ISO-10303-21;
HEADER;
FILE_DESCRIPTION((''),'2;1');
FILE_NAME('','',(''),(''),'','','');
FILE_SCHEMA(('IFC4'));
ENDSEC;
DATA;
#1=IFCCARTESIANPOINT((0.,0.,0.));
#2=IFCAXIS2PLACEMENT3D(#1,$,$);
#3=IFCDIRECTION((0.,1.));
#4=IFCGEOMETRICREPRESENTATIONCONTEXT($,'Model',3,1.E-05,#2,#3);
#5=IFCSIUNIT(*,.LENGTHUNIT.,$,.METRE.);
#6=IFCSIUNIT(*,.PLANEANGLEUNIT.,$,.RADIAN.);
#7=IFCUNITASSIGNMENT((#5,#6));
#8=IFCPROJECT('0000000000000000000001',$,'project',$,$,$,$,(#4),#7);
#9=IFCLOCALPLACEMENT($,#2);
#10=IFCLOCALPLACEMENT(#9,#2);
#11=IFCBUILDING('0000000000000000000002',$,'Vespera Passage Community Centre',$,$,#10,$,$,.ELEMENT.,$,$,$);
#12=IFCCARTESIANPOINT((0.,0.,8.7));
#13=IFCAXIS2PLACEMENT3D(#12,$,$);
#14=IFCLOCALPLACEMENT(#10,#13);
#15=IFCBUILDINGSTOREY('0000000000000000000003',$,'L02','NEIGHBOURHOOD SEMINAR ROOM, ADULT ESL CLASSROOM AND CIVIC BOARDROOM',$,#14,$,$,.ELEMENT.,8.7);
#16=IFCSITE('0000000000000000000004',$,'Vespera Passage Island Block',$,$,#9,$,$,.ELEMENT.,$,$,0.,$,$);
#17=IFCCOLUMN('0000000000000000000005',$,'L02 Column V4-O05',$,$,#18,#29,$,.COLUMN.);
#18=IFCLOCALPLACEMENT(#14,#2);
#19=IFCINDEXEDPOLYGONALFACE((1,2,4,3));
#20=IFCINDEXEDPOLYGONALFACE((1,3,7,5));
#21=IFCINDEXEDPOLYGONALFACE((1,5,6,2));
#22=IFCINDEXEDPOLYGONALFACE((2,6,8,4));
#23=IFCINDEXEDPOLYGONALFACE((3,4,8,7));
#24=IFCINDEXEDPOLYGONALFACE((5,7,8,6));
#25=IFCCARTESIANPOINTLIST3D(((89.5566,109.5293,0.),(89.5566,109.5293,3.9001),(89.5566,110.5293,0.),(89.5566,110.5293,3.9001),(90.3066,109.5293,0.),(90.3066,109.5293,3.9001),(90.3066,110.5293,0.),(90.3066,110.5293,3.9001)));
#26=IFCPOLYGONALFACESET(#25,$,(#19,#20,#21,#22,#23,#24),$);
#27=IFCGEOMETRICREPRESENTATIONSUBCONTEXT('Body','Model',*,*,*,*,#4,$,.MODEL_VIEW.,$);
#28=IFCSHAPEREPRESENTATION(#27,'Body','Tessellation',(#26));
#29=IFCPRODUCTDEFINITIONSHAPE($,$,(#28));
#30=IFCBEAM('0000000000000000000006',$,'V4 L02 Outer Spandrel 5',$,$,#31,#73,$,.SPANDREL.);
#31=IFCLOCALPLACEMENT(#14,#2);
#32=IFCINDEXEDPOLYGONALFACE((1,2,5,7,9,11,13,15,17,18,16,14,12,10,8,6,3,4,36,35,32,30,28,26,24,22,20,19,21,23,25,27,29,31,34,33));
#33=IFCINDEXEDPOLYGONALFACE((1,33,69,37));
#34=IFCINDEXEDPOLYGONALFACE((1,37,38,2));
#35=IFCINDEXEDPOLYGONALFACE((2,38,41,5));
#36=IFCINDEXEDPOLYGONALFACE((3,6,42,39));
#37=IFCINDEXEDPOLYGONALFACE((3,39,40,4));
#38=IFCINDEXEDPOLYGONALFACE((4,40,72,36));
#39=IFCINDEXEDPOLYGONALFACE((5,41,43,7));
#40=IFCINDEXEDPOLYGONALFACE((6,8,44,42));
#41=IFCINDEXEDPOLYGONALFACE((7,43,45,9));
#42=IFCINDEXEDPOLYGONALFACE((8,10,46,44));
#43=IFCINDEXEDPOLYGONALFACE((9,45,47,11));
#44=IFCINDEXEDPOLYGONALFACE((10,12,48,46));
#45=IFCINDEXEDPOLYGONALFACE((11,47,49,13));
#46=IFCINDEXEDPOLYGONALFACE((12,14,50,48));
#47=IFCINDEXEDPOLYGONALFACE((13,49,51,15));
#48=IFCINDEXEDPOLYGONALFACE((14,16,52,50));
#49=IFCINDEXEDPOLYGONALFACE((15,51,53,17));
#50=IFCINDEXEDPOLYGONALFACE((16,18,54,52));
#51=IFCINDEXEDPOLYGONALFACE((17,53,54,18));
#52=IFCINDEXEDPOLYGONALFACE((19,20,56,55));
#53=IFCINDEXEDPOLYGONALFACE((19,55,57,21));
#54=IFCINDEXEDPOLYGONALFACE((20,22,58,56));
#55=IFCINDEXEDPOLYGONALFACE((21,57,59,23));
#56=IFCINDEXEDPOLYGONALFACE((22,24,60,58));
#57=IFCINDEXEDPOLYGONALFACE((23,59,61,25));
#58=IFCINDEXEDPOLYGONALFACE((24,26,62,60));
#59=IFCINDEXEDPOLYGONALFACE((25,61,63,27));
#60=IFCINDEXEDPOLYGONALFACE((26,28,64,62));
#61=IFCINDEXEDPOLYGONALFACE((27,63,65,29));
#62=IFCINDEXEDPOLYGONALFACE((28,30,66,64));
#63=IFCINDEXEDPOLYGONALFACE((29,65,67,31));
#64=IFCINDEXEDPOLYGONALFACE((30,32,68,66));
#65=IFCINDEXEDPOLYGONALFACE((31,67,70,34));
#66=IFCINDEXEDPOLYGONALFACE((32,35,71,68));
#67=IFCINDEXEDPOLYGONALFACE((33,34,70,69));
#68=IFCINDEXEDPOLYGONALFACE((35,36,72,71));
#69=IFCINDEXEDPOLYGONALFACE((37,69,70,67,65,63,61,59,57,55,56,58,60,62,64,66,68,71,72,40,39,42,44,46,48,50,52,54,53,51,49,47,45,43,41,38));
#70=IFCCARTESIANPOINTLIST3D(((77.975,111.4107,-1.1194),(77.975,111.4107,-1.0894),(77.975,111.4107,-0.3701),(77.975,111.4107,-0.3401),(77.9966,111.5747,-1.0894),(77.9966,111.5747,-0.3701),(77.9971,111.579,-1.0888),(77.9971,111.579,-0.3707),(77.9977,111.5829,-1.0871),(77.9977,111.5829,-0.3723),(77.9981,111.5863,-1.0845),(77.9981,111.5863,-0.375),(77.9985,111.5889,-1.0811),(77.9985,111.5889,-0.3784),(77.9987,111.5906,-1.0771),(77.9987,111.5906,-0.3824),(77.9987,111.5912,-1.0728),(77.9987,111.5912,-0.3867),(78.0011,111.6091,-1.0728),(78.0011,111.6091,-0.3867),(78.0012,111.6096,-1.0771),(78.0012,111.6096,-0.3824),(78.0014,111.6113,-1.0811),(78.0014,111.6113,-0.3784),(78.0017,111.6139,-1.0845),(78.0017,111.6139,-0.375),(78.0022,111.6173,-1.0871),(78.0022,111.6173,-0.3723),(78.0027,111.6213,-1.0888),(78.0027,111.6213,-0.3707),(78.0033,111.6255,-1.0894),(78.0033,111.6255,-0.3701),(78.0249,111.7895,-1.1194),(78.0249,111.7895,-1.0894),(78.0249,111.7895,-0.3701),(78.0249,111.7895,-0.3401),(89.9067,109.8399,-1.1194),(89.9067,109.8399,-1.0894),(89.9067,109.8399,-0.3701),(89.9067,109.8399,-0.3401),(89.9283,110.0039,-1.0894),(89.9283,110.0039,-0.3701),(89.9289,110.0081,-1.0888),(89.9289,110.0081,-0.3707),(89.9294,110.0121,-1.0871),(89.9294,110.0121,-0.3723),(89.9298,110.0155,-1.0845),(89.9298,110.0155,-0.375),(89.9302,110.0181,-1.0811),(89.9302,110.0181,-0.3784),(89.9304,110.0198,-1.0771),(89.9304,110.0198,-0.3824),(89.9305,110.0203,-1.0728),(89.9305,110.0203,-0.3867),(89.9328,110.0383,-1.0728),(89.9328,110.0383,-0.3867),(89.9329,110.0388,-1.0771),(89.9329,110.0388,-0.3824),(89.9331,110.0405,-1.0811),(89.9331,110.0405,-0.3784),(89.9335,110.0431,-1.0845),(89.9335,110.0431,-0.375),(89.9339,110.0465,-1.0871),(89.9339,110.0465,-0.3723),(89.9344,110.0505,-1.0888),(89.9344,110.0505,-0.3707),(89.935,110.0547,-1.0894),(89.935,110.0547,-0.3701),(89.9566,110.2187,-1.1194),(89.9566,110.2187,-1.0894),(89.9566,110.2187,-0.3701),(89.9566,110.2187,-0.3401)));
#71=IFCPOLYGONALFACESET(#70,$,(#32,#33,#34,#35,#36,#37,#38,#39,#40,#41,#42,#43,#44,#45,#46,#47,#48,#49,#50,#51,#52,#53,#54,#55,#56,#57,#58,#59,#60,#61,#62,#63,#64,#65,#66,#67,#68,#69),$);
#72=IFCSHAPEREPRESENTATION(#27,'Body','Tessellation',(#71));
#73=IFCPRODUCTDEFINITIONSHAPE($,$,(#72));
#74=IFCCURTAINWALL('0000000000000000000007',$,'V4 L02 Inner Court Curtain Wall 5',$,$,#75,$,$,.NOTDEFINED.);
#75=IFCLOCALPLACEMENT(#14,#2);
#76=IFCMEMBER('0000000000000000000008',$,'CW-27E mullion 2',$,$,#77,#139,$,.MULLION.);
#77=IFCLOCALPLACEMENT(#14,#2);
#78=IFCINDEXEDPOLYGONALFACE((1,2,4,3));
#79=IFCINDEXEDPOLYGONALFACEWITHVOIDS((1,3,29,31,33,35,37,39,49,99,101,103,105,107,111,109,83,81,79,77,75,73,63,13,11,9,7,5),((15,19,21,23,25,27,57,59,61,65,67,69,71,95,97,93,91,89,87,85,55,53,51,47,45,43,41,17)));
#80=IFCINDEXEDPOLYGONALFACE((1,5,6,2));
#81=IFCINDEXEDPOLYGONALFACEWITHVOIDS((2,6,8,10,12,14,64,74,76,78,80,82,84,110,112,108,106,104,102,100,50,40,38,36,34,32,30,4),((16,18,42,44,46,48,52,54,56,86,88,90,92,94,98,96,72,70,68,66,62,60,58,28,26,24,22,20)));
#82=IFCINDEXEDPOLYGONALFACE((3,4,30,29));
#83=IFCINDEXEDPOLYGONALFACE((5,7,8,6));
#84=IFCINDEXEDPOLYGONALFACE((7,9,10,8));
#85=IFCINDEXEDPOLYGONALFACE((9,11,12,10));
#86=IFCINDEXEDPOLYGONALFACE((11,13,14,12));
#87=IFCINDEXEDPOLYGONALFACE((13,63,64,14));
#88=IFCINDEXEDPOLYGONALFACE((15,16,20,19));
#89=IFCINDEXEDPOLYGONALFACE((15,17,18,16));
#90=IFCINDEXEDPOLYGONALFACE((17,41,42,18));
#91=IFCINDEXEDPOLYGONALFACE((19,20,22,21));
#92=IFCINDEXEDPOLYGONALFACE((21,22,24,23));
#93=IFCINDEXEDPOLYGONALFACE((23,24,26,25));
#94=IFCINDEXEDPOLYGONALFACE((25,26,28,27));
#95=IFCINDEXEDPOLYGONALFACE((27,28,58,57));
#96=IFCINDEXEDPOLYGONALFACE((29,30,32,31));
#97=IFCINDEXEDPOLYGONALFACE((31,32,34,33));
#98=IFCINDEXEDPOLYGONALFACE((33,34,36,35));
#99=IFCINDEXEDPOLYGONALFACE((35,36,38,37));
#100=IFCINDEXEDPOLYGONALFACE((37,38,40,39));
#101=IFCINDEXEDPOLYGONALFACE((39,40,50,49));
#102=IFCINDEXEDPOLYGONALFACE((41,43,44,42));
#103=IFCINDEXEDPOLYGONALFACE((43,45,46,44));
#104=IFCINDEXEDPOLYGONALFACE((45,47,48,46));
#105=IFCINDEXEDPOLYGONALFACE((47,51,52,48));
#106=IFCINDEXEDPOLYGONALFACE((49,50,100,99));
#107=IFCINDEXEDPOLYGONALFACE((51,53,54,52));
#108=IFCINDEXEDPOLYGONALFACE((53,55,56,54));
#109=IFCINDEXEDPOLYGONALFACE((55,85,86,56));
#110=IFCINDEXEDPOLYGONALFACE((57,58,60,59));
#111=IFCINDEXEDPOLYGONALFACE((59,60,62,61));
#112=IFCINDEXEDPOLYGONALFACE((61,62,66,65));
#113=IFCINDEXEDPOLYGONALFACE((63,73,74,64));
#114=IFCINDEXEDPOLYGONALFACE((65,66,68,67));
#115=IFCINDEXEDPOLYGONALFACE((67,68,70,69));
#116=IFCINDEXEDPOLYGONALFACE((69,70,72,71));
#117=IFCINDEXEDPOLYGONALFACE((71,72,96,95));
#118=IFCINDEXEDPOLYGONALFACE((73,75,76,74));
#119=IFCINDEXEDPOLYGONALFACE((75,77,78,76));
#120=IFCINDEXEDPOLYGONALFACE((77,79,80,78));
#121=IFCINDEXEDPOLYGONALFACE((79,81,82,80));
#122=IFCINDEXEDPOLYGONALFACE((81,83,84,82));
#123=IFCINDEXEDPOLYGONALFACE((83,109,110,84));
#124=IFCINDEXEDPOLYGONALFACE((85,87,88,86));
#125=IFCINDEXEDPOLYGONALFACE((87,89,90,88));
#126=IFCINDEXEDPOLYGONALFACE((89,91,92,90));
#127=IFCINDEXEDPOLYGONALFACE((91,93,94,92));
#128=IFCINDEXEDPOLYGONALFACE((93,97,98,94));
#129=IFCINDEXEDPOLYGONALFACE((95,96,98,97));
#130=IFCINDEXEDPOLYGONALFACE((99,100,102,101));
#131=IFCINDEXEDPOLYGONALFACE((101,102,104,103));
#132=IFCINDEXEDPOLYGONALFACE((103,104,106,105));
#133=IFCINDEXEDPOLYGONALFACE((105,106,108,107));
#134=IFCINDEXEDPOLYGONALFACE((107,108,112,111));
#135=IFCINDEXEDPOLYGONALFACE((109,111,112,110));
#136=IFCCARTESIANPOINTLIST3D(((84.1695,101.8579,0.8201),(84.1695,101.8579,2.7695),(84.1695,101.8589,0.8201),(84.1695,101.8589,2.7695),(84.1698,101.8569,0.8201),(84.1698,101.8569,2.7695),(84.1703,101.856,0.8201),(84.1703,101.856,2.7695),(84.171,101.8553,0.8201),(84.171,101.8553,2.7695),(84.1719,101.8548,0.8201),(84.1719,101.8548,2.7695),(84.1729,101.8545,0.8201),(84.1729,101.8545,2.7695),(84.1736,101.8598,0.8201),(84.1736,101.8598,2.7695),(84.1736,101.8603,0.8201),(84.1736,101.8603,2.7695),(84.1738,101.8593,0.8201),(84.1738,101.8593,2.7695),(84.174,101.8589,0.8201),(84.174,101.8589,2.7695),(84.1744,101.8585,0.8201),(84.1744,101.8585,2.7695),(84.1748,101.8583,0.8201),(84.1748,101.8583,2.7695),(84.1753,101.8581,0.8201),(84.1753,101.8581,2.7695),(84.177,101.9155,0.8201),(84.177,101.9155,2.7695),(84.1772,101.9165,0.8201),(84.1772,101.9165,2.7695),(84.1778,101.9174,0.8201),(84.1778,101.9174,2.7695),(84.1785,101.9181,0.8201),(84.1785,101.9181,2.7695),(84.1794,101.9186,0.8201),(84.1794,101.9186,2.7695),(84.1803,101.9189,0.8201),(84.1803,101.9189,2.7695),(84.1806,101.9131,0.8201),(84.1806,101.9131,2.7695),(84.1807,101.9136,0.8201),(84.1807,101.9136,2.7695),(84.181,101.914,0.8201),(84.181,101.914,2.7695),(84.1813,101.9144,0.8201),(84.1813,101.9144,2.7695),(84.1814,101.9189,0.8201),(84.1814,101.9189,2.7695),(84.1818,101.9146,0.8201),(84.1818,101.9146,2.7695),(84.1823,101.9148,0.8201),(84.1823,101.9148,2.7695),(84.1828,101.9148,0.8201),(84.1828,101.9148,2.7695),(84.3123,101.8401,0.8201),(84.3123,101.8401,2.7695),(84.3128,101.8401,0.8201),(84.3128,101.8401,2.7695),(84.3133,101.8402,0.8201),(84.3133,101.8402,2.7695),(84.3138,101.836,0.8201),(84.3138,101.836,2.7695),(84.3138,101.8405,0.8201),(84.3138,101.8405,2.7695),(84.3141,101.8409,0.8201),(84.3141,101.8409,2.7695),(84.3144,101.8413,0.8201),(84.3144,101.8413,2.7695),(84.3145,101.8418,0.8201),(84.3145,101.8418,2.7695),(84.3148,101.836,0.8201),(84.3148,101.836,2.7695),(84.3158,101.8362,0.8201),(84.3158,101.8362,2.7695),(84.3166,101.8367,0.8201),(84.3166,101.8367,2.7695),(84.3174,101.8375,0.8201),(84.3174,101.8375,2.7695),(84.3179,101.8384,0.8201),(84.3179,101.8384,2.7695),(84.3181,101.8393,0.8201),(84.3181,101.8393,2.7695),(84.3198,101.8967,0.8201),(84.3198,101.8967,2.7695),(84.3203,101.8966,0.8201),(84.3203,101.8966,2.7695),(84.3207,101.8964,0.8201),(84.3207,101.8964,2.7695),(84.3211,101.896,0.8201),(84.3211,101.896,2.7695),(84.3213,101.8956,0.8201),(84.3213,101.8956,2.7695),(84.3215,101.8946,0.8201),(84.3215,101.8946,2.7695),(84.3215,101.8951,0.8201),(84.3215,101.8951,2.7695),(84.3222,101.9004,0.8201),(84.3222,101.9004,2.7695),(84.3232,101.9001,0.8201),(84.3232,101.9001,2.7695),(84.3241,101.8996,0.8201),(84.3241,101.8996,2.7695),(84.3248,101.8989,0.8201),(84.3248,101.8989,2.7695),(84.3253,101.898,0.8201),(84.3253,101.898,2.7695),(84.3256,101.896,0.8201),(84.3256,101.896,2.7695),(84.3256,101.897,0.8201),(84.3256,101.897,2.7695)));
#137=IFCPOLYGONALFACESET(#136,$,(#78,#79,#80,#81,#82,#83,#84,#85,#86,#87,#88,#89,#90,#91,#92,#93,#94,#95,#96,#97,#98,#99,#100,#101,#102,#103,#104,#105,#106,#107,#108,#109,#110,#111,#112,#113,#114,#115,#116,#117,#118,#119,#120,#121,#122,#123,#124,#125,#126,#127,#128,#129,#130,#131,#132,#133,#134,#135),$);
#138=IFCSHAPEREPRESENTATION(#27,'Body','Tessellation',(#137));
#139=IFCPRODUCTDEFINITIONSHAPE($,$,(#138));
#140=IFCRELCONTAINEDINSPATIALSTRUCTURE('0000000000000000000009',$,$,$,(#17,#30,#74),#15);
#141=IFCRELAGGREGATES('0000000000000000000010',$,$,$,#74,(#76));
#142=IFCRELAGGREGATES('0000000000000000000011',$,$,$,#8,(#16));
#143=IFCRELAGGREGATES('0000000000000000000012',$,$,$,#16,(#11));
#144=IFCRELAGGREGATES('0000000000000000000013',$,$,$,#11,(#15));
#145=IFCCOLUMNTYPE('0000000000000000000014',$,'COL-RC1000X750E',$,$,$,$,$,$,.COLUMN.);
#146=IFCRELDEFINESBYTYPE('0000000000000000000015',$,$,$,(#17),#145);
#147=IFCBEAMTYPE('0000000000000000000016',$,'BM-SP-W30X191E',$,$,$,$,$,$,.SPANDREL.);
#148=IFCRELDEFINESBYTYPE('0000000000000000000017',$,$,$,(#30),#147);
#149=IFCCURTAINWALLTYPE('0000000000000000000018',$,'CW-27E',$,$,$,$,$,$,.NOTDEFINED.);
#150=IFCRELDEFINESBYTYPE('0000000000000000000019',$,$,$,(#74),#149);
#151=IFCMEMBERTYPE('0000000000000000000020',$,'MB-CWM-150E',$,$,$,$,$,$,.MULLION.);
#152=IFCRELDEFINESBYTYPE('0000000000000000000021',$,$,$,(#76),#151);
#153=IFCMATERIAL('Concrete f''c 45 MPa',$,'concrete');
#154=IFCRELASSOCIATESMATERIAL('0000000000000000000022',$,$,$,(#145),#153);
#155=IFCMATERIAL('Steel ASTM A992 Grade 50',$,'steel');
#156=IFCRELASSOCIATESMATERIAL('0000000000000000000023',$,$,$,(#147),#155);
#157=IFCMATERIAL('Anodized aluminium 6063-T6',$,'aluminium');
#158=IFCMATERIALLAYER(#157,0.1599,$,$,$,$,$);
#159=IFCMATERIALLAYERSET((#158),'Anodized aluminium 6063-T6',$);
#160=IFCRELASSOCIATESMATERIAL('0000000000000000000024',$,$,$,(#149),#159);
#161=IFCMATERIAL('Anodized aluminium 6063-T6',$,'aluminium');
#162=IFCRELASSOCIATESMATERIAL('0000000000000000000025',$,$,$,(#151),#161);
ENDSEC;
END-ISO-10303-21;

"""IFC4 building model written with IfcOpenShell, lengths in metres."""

from ifc_helpers import new_model, si_unit, direction, frame, origin, origin_2d, place, context, subcontext, project, spatial, rectangle, hollow_rectangle, i_section, extrude, material, layer, layer_set, material_profile, profile_set, type_object, element, aggregate, save


model = new_model("IFC4")

# Units and contexts
model_context = context("Model", 3, precision=1e-05, world=origin(), true_north=direction((0.0, 1.0)))
body_context = subcontext(model_context, "Body", "Model", "MODEL_VIEW")
ifc_project = project(units=[si_unit("LENGTHUNIT", "METRE"), si_unit("PLANEANGLEUNIT", "RADIAN")], contexts=[model_context])

# Site, building, storey
site_placement = place(None, origin())
site = spatial("IfcSite", under=ifc_project, at=site_placement, Name="Vespera Passage Island Block", CompositionType="ELEMENT", RefElevation=0.0)
building_placement = place(site_placement, origin())
building = spatial("IfcBuilding", under=site, at=building_placement, Name="Vespera Passage Community Centre", CompositionType="ELEMENT")
storey_placement = place(building_placement, frame((0.0, 0.0, 8.7)))
storey = spatial("IfcBuildingStorey", under=building, at=storey_placement, Name="L02", Description="NEIGHBOURHOOD SEMINAR ROOM, ADULT ESL CLASSROOM AND CIVIC BOARDROOM", CompositionType="ELEMENT", Elevation=8.7)

# Column
ifc_material_1 = material(Name="Concrete f'c 45 MPa", Category="concrete")
ifc_material_profile_1 = material_profile(ifc_material_1, rectangle(XDim=0.75, YDim=1.0, at=origin_2d()), Name="RC1000X750")
ifc_profile_set_1 = profile_set([ifc_material_profile_1], Name="Concrete f'c 45 MPa")
column_type = type_object("IfcColumnType", Name="COL-RC1000X750E", PredefinedType="COLUMN", material=ifc_profile_set_1)
column_placement = place(storey_placement, frame((89.9316, 110.0293, 0.0), z_axis=(0.0, 0.0, 1.0), x_axis=(1.0, 0.0, 0.0)))
element("IfcColumn", 1, at=column_placement, inside=storey, type_object=column_type, Name="L02 Column V4-O05", PredefinedType="COLUMN", context=body_context, shape_type="SweptSolid", body=[
    extrude(rectangle(XDim=0.75, YDim=1.0, at=origin_2d()), origin(), (0.0, 0.0, 1.0), 3.9001),
])

# Beam
ifc_material_2 = material(Name="Steel ASTM A992 Grade 50", Category="steel")
ifc_material_profile_2 = material_profile(ifc_material_2, i_section(OverallWidth=0.3821, OverallDepth=0.7793, WebThickness=0.0181, FlangeThickness=0.03, FilletRadius=0.0166, at=origin_2d()), Name="W30X191")
ifc_profile_set_2 = profile_set([ifc_material_profile_2], Name="Steel ASTM A992 Grade 50")
beam_type = type_object("IfcBeamType", Name="BM-SP-W30X191E", PredefinedType="SPANDREL", material=ifc_profile_set_2)
beam_placement = place(storey_placement, frame((89.9316, 110.0293, -0.7297), z_axis=(-0.991445, 0.130524, 0.0), x_axis=(-0.130524, -0.991445, 0.0)))
element("IfcBeam", 2, at=beam_placement, inside=storey, type_object=beam_type, Name="V4 L02 Outer Spandrel 5", PredefinedType="SPANDREL", context=body_context, shape_type="SweptSolid", body=[
    extrude(i_section(OverallWidth=0.3821, OverallDepth=0.7793, WebThickness=0.0181, FlangeThickness=0.03, FilletRadius=0.0166, at=origin_2d()), origin(), (0.0, 0.0, 1.0), 12.0347),
])

# Curtain wall, member
ifc_material_3 = material(Name="Anodized aluminium 6063-T6", Category="aluminium")
ifc_layer_1 = layer(ifc_material_3, 0.1599)
ifc_layer_set_1 = layer_set([ifc_layer_1], Name="Anodized aluminium 6063-T6")
curtain_wall_type_1 = type_object("IfcCurtainWallType", Name="CW-27E", PredefinedType="NOTDEFINED", material=ifc_layer_set_1)
curtain_wall_1_placement = place(storey_placement, origin())
curtain_wall_1 = element("IfcCurtainWall", 3, at=curtain_wall_1_placement, inside=storey, type_object=curtain_wall_type_1, Name="V4 L02 Inner Court Curtain Wall 5", PredefinedType="NOTDEFINED")
ifc_material_4 = material(Name="Anodized aluminium 6063-T6", Category="aluminium")
ifc_material_profile_3 = material_profile(ifc_material_4, hollow_rectangle(XDim=0.0649, YDim=0.1499, WallThickness=0.0039, InnerFilletRadius=0.002, OuterFilletRadius=0.0039, at=origin_2d()), Name="ALU150X65X4")
ifc_profile_set_3 = profile_set([ifc_material_profile_3], Name="Anodized aluminium 6063-T6")
member_type_1 = type_object("IfcMemberType", Name="MB-CWM-150E", PredefinedType="MULLION", material=ifc_profile_set_3)
member_1_placement = place(storey_placement, frame((84.2476, 101.8774, 0.8201), z_axis=(0.0, 0.0, 1.0), x_axis=(-0.130522, -0.991445, 0.0)))
member_1 = element("IfcMember", 4, at=member_1_placement, type_object=member_type_1, Name="CW-27E mullion 2", PredefinedType="MULLION", context=body_context, shape_type="SweptSolid", body=[
    extrude(hollow_rectangle(XDim=0.0649, YDim=0.1499, WallThickness=0.0039, InnerFilletRadius=0.002, OuterFilletRadius=0.0039, at=origin_2d()), origin(), (0.0, 0.0, 1.0), 1.9495),
])

aggregate(curtain_wall_1, [member_1])

save(model, "model.ifc")
